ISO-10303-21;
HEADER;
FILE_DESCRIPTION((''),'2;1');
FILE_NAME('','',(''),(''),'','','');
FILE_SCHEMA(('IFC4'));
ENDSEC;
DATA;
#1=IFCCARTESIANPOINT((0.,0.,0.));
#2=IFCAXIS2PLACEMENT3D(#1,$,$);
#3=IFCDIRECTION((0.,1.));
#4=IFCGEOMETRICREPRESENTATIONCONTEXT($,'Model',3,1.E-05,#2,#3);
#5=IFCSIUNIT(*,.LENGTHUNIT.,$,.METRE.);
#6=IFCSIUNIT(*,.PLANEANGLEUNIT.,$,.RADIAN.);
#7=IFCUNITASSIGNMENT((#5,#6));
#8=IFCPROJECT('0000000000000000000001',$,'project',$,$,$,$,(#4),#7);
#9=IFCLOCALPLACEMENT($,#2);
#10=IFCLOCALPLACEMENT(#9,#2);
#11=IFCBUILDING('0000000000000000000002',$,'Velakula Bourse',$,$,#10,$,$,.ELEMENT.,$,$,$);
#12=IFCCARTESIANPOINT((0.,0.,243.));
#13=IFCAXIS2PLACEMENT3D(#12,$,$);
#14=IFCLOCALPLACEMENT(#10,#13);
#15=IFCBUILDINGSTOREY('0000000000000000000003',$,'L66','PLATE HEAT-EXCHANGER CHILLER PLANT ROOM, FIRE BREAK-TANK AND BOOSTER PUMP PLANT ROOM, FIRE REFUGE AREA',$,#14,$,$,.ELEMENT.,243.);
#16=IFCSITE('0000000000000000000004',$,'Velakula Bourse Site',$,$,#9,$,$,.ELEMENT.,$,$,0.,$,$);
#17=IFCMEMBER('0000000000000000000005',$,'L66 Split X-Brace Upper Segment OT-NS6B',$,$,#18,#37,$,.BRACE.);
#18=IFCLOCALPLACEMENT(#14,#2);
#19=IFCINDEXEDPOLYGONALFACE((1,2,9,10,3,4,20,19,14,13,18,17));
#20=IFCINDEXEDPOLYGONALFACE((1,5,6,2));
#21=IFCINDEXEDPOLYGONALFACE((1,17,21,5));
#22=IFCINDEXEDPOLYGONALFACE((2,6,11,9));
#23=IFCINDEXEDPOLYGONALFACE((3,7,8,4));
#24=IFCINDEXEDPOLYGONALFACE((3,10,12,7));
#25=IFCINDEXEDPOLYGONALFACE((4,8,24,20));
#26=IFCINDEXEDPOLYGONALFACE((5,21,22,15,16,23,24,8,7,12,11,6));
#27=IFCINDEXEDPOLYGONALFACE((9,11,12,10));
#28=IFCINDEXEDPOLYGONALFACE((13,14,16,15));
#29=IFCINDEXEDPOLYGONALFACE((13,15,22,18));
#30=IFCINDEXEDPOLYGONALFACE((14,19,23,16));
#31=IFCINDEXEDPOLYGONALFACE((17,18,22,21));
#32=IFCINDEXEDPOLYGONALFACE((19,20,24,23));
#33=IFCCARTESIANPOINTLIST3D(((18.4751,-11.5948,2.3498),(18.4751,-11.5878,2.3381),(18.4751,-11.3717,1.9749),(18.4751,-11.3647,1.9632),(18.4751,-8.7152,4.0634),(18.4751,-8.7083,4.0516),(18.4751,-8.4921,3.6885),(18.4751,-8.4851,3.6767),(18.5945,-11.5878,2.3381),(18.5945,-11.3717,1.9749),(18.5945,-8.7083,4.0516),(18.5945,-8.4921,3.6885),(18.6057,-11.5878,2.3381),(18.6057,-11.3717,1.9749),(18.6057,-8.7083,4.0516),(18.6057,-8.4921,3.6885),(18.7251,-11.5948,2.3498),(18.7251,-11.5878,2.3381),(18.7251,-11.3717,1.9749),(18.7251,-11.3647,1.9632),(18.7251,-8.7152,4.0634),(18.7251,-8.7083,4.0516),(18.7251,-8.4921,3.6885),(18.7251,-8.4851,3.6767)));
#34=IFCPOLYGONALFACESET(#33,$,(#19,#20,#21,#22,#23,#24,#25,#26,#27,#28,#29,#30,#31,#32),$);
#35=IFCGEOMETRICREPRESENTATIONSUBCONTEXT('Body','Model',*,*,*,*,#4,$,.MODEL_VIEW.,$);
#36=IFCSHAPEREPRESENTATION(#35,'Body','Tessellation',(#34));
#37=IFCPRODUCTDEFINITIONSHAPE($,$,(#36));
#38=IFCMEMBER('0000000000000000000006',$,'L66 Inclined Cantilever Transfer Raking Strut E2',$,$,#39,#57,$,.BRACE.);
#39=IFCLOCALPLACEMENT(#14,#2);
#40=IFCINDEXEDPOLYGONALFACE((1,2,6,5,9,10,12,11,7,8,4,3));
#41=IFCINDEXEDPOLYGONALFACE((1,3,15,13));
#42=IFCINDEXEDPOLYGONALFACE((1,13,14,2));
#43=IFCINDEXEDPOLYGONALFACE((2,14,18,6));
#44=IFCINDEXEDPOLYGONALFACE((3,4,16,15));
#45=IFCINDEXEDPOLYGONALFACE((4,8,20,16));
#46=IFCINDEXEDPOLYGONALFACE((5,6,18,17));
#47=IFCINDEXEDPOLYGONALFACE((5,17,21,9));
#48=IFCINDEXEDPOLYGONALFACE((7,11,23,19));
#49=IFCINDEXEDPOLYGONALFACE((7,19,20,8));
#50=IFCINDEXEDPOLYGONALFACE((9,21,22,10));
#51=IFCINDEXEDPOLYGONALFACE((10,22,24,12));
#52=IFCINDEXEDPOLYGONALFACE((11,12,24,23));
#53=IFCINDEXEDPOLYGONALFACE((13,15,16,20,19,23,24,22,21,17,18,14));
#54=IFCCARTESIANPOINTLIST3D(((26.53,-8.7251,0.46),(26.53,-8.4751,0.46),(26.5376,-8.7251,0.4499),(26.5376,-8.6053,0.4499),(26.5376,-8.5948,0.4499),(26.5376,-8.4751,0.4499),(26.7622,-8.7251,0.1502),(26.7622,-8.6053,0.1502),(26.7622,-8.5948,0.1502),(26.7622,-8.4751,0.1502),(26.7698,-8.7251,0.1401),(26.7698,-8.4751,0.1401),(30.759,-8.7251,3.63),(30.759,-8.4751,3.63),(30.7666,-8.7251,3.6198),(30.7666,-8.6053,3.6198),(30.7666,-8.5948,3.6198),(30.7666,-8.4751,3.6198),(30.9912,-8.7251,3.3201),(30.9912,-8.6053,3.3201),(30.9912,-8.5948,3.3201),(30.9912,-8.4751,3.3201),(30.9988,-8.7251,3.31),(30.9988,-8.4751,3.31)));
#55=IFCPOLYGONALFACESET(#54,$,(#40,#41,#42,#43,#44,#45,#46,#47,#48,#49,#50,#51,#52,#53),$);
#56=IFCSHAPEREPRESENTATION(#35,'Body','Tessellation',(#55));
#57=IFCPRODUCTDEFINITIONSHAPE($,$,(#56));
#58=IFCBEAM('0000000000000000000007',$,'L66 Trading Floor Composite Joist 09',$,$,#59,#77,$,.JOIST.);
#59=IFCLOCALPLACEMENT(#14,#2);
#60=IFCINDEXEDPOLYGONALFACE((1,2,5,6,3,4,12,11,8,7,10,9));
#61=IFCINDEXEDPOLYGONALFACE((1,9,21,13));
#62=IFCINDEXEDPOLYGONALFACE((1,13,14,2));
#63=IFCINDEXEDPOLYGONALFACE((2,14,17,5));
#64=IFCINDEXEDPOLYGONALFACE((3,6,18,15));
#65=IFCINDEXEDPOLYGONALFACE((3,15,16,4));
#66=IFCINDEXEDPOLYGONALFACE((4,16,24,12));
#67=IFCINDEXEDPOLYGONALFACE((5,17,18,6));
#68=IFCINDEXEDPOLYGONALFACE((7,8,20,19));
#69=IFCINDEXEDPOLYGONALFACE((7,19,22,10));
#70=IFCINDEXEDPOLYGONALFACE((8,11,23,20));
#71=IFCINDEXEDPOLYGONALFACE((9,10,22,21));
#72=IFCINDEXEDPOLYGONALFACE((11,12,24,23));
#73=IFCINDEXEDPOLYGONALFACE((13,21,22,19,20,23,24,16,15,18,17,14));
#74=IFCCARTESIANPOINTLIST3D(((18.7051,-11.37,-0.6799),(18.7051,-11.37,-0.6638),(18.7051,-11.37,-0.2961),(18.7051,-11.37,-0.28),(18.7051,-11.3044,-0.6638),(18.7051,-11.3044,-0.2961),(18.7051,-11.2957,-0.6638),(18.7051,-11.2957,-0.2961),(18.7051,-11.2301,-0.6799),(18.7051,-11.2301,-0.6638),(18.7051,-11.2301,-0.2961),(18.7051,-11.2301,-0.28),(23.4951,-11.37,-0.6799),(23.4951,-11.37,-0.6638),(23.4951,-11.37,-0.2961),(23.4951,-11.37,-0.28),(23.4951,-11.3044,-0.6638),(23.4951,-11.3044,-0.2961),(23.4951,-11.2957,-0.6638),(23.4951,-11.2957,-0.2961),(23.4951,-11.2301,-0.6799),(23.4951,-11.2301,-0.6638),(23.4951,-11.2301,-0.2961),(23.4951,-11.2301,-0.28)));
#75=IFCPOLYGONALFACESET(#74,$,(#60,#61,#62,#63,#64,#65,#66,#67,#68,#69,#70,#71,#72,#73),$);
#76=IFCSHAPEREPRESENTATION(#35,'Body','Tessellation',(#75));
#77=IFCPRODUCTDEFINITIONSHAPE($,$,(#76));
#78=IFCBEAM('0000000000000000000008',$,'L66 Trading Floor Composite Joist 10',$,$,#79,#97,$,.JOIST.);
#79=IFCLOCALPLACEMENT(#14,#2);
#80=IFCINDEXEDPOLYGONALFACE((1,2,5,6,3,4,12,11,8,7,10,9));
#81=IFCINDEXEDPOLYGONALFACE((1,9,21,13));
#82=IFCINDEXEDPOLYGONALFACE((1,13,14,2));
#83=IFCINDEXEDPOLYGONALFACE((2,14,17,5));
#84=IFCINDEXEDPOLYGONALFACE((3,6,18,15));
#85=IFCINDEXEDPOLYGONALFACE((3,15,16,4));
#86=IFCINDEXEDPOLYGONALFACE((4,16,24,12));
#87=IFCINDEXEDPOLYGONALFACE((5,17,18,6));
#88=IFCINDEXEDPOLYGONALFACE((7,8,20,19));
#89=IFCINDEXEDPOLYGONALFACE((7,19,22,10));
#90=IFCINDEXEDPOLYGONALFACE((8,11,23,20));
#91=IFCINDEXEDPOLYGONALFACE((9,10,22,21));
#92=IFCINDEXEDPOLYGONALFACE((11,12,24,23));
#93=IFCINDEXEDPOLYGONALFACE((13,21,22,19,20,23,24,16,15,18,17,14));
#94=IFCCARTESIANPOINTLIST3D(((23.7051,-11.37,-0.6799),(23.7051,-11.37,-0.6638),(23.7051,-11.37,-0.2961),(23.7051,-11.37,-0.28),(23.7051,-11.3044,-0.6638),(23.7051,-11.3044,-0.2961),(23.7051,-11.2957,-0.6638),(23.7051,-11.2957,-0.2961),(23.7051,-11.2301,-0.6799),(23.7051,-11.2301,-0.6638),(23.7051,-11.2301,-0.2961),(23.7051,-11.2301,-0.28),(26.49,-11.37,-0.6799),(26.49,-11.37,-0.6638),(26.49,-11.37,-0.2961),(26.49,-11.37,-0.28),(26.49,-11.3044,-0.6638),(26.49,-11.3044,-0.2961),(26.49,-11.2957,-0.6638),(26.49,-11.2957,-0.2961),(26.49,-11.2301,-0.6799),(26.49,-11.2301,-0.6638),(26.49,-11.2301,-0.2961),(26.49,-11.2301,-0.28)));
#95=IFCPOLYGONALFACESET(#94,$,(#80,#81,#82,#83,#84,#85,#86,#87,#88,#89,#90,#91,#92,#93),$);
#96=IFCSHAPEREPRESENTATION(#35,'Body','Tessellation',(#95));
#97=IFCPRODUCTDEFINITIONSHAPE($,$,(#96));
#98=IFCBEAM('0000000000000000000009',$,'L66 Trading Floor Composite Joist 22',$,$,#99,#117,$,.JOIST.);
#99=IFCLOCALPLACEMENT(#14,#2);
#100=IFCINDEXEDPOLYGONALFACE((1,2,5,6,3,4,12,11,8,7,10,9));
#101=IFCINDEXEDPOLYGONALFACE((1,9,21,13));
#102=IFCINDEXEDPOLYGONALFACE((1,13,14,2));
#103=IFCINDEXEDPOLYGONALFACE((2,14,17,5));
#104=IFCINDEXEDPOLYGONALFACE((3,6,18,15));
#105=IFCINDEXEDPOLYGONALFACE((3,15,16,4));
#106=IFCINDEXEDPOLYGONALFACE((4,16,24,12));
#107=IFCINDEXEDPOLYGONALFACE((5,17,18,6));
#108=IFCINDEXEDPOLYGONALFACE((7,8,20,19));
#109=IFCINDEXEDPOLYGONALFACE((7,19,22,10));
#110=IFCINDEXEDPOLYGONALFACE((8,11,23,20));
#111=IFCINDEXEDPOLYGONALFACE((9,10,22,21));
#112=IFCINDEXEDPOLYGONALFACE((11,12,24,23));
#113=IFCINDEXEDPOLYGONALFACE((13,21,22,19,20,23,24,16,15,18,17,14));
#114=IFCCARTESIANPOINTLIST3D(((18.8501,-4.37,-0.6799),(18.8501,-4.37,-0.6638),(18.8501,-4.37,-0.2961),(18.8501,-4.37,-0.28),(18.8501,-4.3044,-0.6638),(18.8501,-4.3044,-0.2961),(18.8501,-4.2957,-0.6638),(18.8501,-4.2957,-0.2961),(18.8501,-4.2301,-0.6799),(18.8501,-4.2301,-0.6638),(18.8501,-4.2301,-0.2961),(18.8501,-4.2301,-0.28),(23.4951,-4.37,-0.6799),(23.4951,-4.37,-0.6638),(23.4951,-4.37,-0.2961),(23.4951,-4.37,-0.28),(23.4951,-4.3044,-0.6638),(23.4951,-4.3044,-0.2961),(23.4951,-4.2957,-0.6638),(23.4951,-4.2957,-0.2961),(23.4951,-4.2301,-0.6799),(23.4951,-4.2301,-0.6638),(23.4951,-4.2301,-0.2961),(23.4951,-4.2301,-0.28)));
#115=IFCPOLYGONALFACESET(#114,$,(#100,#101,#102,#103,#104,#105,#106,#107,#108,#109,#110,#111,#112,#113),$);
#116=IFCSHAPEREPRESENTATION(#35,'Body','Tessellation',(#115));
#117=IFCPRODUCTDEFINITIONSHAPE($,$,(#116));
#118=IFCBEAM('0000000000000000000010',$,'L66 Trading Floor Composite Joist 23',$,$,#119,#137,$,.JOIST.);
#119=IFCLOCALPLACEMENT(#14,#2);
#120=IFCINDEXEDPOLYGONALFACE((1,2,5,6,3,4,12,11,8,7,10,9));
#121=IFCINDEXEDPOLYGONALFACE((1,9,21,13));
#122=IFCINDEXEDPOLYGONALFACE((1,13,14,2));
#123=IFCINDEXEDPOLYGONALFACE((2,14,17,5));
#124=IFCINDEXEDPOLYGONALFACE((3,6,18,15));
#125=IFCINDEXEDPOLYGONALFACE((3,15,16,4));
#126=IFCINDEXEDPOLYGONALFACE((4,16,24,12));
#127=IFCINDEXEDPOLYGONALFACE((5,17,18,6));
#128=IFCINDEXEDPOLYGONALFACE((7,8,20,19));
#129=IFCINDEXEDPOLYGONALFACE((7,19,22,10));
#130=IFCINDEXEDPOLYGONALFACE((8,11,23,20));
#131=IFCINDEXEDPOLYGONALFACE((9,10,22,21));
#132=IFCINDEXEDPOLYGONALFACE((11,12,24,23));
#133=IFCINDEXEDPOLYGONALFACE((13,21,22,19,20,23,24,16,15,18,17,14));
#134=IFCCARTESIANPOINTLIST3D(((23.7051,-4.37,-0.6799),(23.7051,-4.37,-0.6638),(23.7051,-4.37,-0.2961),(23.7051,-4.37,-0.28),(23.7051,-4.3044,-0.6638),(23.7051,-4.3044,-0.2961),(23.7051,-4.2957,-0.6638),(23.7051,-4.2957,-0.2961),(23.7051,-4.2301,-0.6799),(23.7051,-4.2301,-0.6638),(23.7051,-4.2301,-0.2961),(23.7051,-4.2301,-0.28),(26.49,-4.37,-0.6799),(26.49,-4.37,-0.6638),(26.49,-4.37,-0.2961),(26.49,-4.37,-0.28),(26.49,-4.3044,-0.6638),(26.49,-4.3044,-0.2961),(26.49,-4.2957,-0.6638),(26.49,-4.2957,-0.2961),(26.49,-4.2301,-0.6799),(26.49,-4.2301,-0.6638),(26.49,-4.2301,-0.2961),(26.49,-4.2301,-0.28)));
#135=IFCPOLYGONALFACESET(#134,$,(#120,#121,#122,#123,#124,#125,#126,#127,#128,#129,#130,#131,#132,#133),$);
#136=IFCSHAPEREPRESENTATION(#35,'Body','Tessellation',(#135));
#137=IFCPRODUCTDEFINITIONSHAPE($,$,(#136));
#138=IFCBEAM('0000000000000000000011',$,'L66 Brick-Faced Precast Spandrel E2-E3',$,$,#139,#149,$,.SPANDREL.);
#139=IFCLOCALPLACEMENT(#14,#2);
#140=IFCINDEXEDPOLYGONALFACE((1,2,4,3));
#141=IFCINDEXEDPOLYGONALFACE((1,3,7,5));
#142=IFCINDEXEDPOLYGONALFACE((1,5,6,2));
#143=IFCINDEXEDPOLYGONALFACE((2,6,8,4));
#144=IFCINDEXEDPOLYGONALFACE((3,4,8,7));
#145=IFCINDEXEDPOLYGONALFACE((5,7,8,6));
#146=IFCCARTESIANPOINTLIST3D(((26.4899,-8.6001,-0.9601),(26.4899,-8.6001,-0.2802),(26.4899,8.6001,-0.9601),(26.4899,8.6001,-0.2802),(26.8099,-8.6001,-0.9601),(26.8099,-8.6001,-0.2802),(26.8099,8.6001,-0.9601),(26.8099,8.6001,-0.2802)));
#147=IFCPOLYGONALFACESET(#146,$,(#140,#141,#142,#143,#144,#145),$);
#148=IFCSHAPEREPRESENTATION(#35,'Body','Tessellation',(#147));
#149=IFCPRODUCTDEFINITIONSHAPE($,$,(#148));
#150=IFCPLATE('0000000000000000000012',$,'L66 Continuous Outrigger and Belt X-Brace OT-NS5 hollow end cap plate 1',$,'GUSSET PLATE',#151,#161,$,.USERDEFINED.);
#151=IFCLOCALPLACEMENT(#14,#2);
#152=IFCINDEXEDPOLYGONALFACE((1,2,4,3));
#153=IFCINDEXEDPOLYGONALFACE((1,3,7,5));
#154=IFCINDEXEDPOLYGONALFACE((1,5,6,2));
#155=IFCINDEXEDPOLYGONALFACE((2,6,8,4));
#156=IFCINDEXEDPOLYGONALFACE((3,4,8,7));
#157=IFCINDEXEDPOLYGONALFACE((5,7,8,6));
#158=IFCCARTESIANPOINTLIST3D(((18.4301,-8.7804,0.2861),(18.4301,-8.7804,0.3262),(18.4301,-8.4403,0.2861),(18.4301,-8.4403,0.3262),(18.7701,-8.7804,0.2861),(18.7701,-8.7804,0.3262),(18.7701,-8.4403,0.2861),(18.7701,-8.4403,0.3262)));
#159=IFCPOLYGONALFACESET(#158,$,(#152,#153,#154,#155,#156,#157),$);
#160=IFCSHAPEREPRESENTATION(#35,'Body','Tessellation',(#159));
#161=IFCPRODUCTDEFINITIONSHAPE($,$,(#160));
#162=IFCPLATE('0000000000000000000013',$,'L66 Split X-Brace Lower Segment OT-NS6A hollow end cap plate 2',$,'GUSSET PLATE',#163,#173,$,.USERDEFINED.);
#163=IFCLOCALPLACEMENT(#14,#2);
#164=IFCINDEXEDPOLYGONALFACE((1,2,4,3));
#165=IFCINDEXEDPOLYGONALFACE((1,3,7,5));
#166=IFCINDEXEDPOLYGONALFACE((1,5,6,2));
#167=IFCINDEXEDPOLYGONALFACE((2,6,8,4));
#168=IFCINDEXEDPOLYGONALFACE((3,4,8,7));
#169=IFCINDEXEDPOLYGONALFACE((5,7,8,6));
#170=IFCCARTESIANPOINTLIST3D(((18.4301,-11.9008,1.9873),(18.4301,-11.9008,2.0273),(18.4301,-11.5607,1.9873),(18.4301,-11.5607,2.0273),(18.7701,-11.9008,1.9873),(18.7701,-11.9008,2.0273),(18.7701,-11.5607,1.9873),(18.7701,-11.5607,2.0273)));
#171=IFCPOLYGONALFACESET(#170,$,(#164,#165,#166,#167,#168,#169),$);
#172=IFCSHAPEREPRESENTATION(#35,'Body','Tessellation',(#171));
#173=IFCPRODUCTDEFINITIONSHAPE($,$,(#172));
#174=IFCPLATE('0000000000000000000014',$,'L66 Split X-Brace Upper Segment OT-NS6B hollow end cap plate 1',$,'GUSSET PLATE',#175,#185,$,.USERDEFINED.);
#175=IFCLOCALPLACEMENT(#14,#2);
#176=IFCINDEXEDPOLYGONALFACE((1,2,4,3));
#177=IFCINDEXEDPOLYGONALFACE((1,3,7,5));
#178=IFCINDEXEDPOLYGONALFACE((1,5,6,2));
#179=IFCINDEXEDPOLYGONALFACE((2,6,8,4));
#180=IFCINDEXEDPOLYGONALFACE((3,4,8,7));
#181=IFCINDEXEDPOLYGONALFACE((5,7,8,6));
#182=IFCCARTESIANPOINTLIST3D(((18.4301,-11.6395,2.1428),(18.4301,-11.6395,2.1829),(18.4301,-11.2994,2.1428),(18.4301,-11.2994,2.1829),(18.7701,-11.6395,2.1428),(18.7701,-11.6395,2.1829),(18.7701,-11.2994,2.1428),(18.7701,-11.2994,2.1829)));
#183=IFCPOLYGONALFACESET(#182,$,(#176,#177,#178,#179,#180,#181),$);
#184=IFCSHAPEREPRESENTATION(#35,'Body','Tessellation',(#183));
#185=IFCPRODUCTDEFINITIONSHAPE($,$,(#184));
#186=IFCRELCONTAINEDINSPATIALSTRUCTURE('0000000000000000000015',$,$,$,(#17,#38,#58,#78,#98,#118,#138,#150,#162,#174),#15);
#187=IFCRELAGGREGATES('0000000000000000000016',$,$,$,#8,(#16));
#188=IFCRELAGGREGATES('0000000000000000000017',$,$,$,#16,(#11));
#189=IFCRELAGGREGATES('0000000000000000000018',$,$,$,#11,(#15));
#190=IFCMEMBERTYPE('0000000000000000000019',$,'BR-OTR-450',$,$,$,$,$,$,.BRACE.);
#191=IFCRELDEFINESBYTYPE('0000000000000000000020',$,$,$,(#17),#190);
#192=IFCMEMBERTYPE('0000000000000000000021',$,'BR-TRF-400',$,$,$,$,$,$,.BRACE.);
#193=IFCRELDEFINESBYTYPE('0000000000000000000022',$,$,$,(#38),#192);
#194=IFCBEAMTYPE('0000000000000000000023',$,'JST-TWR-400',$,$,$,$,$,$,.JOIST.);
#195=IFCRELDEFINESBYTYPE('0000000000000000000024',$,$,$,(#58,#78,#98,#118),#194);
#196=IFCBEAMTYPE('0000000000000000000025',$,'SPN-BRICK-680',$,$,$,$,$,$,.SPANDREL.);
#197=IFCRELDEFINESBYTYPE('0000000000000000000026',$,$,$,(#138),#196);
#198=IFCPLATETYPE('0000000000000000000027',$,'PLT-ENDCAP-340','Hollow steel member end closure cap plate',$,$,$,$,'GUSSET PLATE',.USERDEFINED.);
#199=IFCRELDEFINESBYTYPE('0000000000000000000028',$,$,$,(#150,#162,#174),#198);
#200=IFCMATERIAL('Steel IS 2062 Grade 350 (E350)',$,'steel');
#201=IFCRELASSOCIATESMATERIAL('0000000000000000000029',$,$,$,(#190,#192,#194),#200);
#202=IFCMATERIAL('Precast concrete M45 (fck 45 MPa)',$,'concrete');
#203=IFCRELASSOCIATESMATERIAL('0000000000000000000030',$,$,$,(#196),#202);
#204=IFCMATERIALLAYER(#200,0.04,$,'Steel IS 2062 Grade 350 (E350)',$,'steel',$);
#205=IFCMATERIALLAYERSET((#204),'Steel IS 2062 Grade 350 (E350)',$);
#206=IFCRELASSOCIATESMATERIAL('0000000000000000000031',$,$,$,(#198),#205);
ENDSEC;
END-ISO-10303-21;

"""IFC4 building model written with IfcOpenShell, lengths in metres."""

from ifc_helpers import new_model, si_unit, direction, frame, origin, origin_2d, place, context, subcontext, project, spatial, rectangle, i_section, extrude, material, layer, layer_set, material_profile, profile_set, type_object, element, save


model = new_model("IFC4")

# Units and contexts
model_context = context("Model", 3, precision=1e-05, world=origin(), true_north=direction((0.0, 1.0)))
body_context = subcontext(model_context, "Body", "Model", "MODEL_VIEW")
ifc_project = project(units=[si_unit("LENGTHUNIT", "METRE"), si_unit("PLANEANGLEUNIT", "RADIAN")], contexts=[model_context])

# Site, building, storey
site_placement = place(None, origin())
site = spatial("IfcSite", under=ifc_project, at=site_placement, Name="Velakula Bourse Site", CompositionType="ELEMENT", RefElevation=0.0)
building_placement = place(site_placement, origin())
building = spatial("IfcBuilding", under=site, at=building_placement, Name="Velakula Bourse", CompositionType="ELEMENT")
storey_placement = place(building_placement, frame((0.0, 0.0, 243.0)))
storey = spatial("IfcBuildingStorey", under=building, at=storey_placement, Name="L66", Description="PLATE HEAT-EXCHANGER CHILLER PLANT ROOM, FIRE BREAK-TANK AND BOOSTER PUMP PLANT ROOM, FIRE REFUGE AREA", CompositionType="ELEMENT", Elevation=243.0)

# Shared definitions
ifc_material_1 = material(Name="Steel IS 2062 Grade 350 (E350)", Category="steel")

# Members
ifc_material_profile_1 = material_profile(ifc_material_1, i_section(OverallWidth=0.25, OverallDepth=0.45, WebThickness=0.0112, FlangeThickness=0.0137, at=origin_2d()), Name="Steel IS 2062 Grade 350 (E350)")
ifc_profile_set_1 = profile_set([ifc_material_profile_1], Name="Steel IS 2062 Grade 350 (E350)")
member_type_1 = type_object("IfcMemberType", Name="BR-OTR-450", PredefinedType="BRACE", material=ifc_profile_set_1)
member_1_placement = place(storey_placement, frame((18.6001, -11.4797, 2.1565), z_axis=(0.0, 0.859352, 0.511385), x_axis=(-1.0, 0.0, 0.0)))
element("IfcMember", 1, at=member_1_placement, inside=storey, type_object=member_type_1, Name="L66 Split X-Brace Upper Segment OT-NS6B", PredefinedType="BRACE", context=body_context, shape_type="SweptSolid", body=[
    extrude(i_section(OverallWidth=0.25, OverallDepth=0.45, WebThickness=0.0112, FlangeThickness=0.0137, at=origin_2d()), origin(), (0.0, 0.0, 1.0), 3.3508),
])
ifc_material_profile_2 = material_profile(ifc_material_1, i_section(OverallWidth=0.25, OverallDepth=0.3999, WebThickness=0.0105, FlangeThickness=0.0127, at=origin_2d()), Name="Steel IS 2062 Grade 350 (E350)")
ifc_profile_set_2 = profile_set([ifc_material_profile_2], Name="Steel IS 2062 Grade 350 (E350)")
member_type_2 = type_object("IfcMemberType", Name="BR-TRF-400", PredefinedType="BRACE", material=ifc_profile_set_2)
member_2_placement = place(storey_placement, frame((26.6499, -8.6001, 0.3), z_axis=(0.800166, 0.0, 0.599778), x_axis=(0.0, 1.0, 0.0)))
element("IfcMember", 2, at=member_2_placement, inside=storey, type_object=member_type_2, Name="L66 Inclined Cantilever Transfer Raking Strut E2", PredefinedType="BRACE", context=body_context, shape_type="SweptSolid", body=[
    extrude(i_section(OverallWidth=0.25, OverallDepth=0.3999, WebThickness=0.0105, FlangeThickness=0.0127, at=origin_2d()), origin(), (0.0, 0.0, 1.0), 5.2852),
])

# Beams
ifc_material_profile_3 = material_profile(ifc_material_1, i_section(OverallWidth=0.1399, OverallDepth=0.3999, WebThickness=0.0088, FlangeThickness=0.0161, at=origin_2d()), Name="Steel IS 2062 Grade 350 (E350)")
ifc_profile_set_3 = profile_set([ifc_material_profile_3], Name="Steel IS 2062 Grade 350 (E350)")
beam_type_1 = type_object("IfcBeamType", Name="JST-TWR-400", PredefinedType="JOIST", material=ifc_profile_set_3)
beam_1_placement = place(storey_placement, frame((18.7051, -11.3, -0.48), z_axis=(1.0, 0.0, 0.0), x_axis=(0.0, 1.0, 0.0)))
element("IfcBeam", 3, at=beam_1_placement, inside=storey, type_object=beam_type_1, Name="L66 Trading Floor Composite Joist 09", PredefinedType="JOIST", context=body_context, shape_type="SweptSolid", body=[
    extrude(i_section(OverallWidth=0.1399, OverallDepth=0.3999, WebThickness=0.0088, FlangeThickness=0.0161, at=origin_2d()), origin(), (0.0, 0.0, 1.0), 4.79),
])
beam_2_placement = place(storey_placement, frame((23.7051, -11.3, -0.48), z_axis=(1.0, 0.0, 0.0), x_axis=(0.0, 1.0, 0.0)))
element("IfcBeam", 4, at=beam_2_placement, inside=storey, type_object=beam_type_1, Name="L66 Trading Floor Composite Joist 10", PredefinedType="JOIST", context=body_context, shape_type="SweptSolid", body=[
    extrude(i_section(OverallWidth=0.1399, OverallDepth=0.3999, WebThickness=0.0088, FlangeThickness=0.0161, at=origin_2d()), origin(), (0.0, 0.0, 1.0), 2.7849),
])
beam_3_placement = place(storey_placement, frame((18.8501, -4.3, -0.48), z_axis=(1.0, 0.0, 0.0), x_axis=(0.0, 1.0, 0.0)))
element("IfcBeam", 5, at=beam_3_placement, inside=storey, type_object=beam_type_1, Name="L66 Trading Floor Composite Joist 22", PredefinedType="JOIST", context=body_context, shape_type="SweptSolid", body=[
    extrude(i_section(OverallWidth=0.1399, OverallDepth=0.3999, WebThickness=0.0088, FlangeThickness=0.0161, at=origin_2d()), origin(), (0.0, 0.0, 1.0), 4.645),
])
beam_4_placement = place(storey_placement, frame((23.7051, -4.3, -0.48), z_axis=(1.0, 0.0, 0.0), x_axis=(0.0, 1.0, 0.0)))
element("IfcBeam", 6, at=beam_4_placement, inside=storey, type_object=beam_type_1, Name="L66 Trading Floor Composite Joist 23", PredefinedType="JOIST", context=body_context, shape_type="SweptSolid", body=[
    extrude(i_section(OverallWidth=0.1399, OverallDepth=0.3999, WebThickness=0.0088, FlangeThickness=0.0161, at=origin_2d()), origin(), (0.0, 0.0, 1.0), 2.7849),
])
ifc_material_2 = material(Name="Precast concrete M45 (fck 45 MPa)", Category="concrete")
ifc_material_profile_4 = material_profile(ifc_material_2, rectangle(XDim=0.3201, YDim=0.6799, at=origin_2d()), Name="Precast concrete M45 (fck 45 MPa)")
ifc_profile_set_4 = profile_set([ifc_material_profile_4], Name="Precast concrete M45 (fck 45 MPa)")
beam_type_2 = type_object("IfcBeamType", Name="SPN-BRICK-680", PredefinedType="SPANDREL", material=ifc_profile_set_4)
beam_5_placement = place(storey_placement, frame((26.6499, -8.6001, -0.6201), z_axis=(0.0, 1.0, 0.0), x_axis=(-1.0, 0.0, 0.0)))
element("IfcBeam", 7, at=beam_5_placement, inside=storey, type_object=beam_type_2, Name="L66 Brick-Faced Precast Spandrel E2-E3", PredefinedType="SPANDREL", context=body_context, shape_type="SweptSolid", body=[
    extrude(rectangle(XDim=0.3201, YDim=0.6799, at=origin_2d()), origin(), (0.0, 0.0, 1.0), 17.2002),
])

# Plates
ifc_layer_1 = layer(ifc_material_1, 0.04, Name="Steel IS 2062 Grade 350 (E350)", Category="steel")
ifc_layer_set_1 = layer_set([ifc_layer_1], Name="Steel IS 2062 Grade 350 (E350)")
plate_type_1 = type_object("IfcPlateType", Name="PLT-ENDCAP-340", Description="Hollow steel member end closure cap plate", ElementType="GUSSET PLATE", PredefinedType="USERDEFINED", material=ifc_layer_set_1)
for number, where, z_axis, x_axis, name in (
    (8, (18.6001, -8.6104, 0.2861), (0.0, 0.0, 1.0), (0.0, -1.0, 0.0), "L66 Continuous Outrigger and Belt X-Brace OT-NS5 hollow end cap plate 1"),
    (9, (18.6001, -11.7307, 1.9873), (0.0, 0.0, 1.0), (0.0, 1.0, 0.0), "L66 Split X-Brace Lower Segment OT-NS6A hollow end cap plate 2"),
    (10, (18.6001, -11.4695, 2.1428), (0.0, 0.0, 1.0), (0.0, 1.0, 0.0), "L66 Split X-Brace Upper Segment OT-NS6B hollow end cap plate 1"),
):
    element("IfcPlate", number, at=place(storey_placement, frame(where, z_axis=z_axis, x_axis=x_axis)), inside=storey, type_object=plate_type_1, Name=name, ObjectType="GUSSET PLATE", PredefinedType="USERDEFINED", context=body_context, shape_type="SweptSolid", body=[
        extrude(rectangle(XDim=0.3401, YDim=0.3401, at=origin_2d()), origin(), (0.0, 0.0, 1.0), 0.04),
    ])

save(model, "model.ifc")
